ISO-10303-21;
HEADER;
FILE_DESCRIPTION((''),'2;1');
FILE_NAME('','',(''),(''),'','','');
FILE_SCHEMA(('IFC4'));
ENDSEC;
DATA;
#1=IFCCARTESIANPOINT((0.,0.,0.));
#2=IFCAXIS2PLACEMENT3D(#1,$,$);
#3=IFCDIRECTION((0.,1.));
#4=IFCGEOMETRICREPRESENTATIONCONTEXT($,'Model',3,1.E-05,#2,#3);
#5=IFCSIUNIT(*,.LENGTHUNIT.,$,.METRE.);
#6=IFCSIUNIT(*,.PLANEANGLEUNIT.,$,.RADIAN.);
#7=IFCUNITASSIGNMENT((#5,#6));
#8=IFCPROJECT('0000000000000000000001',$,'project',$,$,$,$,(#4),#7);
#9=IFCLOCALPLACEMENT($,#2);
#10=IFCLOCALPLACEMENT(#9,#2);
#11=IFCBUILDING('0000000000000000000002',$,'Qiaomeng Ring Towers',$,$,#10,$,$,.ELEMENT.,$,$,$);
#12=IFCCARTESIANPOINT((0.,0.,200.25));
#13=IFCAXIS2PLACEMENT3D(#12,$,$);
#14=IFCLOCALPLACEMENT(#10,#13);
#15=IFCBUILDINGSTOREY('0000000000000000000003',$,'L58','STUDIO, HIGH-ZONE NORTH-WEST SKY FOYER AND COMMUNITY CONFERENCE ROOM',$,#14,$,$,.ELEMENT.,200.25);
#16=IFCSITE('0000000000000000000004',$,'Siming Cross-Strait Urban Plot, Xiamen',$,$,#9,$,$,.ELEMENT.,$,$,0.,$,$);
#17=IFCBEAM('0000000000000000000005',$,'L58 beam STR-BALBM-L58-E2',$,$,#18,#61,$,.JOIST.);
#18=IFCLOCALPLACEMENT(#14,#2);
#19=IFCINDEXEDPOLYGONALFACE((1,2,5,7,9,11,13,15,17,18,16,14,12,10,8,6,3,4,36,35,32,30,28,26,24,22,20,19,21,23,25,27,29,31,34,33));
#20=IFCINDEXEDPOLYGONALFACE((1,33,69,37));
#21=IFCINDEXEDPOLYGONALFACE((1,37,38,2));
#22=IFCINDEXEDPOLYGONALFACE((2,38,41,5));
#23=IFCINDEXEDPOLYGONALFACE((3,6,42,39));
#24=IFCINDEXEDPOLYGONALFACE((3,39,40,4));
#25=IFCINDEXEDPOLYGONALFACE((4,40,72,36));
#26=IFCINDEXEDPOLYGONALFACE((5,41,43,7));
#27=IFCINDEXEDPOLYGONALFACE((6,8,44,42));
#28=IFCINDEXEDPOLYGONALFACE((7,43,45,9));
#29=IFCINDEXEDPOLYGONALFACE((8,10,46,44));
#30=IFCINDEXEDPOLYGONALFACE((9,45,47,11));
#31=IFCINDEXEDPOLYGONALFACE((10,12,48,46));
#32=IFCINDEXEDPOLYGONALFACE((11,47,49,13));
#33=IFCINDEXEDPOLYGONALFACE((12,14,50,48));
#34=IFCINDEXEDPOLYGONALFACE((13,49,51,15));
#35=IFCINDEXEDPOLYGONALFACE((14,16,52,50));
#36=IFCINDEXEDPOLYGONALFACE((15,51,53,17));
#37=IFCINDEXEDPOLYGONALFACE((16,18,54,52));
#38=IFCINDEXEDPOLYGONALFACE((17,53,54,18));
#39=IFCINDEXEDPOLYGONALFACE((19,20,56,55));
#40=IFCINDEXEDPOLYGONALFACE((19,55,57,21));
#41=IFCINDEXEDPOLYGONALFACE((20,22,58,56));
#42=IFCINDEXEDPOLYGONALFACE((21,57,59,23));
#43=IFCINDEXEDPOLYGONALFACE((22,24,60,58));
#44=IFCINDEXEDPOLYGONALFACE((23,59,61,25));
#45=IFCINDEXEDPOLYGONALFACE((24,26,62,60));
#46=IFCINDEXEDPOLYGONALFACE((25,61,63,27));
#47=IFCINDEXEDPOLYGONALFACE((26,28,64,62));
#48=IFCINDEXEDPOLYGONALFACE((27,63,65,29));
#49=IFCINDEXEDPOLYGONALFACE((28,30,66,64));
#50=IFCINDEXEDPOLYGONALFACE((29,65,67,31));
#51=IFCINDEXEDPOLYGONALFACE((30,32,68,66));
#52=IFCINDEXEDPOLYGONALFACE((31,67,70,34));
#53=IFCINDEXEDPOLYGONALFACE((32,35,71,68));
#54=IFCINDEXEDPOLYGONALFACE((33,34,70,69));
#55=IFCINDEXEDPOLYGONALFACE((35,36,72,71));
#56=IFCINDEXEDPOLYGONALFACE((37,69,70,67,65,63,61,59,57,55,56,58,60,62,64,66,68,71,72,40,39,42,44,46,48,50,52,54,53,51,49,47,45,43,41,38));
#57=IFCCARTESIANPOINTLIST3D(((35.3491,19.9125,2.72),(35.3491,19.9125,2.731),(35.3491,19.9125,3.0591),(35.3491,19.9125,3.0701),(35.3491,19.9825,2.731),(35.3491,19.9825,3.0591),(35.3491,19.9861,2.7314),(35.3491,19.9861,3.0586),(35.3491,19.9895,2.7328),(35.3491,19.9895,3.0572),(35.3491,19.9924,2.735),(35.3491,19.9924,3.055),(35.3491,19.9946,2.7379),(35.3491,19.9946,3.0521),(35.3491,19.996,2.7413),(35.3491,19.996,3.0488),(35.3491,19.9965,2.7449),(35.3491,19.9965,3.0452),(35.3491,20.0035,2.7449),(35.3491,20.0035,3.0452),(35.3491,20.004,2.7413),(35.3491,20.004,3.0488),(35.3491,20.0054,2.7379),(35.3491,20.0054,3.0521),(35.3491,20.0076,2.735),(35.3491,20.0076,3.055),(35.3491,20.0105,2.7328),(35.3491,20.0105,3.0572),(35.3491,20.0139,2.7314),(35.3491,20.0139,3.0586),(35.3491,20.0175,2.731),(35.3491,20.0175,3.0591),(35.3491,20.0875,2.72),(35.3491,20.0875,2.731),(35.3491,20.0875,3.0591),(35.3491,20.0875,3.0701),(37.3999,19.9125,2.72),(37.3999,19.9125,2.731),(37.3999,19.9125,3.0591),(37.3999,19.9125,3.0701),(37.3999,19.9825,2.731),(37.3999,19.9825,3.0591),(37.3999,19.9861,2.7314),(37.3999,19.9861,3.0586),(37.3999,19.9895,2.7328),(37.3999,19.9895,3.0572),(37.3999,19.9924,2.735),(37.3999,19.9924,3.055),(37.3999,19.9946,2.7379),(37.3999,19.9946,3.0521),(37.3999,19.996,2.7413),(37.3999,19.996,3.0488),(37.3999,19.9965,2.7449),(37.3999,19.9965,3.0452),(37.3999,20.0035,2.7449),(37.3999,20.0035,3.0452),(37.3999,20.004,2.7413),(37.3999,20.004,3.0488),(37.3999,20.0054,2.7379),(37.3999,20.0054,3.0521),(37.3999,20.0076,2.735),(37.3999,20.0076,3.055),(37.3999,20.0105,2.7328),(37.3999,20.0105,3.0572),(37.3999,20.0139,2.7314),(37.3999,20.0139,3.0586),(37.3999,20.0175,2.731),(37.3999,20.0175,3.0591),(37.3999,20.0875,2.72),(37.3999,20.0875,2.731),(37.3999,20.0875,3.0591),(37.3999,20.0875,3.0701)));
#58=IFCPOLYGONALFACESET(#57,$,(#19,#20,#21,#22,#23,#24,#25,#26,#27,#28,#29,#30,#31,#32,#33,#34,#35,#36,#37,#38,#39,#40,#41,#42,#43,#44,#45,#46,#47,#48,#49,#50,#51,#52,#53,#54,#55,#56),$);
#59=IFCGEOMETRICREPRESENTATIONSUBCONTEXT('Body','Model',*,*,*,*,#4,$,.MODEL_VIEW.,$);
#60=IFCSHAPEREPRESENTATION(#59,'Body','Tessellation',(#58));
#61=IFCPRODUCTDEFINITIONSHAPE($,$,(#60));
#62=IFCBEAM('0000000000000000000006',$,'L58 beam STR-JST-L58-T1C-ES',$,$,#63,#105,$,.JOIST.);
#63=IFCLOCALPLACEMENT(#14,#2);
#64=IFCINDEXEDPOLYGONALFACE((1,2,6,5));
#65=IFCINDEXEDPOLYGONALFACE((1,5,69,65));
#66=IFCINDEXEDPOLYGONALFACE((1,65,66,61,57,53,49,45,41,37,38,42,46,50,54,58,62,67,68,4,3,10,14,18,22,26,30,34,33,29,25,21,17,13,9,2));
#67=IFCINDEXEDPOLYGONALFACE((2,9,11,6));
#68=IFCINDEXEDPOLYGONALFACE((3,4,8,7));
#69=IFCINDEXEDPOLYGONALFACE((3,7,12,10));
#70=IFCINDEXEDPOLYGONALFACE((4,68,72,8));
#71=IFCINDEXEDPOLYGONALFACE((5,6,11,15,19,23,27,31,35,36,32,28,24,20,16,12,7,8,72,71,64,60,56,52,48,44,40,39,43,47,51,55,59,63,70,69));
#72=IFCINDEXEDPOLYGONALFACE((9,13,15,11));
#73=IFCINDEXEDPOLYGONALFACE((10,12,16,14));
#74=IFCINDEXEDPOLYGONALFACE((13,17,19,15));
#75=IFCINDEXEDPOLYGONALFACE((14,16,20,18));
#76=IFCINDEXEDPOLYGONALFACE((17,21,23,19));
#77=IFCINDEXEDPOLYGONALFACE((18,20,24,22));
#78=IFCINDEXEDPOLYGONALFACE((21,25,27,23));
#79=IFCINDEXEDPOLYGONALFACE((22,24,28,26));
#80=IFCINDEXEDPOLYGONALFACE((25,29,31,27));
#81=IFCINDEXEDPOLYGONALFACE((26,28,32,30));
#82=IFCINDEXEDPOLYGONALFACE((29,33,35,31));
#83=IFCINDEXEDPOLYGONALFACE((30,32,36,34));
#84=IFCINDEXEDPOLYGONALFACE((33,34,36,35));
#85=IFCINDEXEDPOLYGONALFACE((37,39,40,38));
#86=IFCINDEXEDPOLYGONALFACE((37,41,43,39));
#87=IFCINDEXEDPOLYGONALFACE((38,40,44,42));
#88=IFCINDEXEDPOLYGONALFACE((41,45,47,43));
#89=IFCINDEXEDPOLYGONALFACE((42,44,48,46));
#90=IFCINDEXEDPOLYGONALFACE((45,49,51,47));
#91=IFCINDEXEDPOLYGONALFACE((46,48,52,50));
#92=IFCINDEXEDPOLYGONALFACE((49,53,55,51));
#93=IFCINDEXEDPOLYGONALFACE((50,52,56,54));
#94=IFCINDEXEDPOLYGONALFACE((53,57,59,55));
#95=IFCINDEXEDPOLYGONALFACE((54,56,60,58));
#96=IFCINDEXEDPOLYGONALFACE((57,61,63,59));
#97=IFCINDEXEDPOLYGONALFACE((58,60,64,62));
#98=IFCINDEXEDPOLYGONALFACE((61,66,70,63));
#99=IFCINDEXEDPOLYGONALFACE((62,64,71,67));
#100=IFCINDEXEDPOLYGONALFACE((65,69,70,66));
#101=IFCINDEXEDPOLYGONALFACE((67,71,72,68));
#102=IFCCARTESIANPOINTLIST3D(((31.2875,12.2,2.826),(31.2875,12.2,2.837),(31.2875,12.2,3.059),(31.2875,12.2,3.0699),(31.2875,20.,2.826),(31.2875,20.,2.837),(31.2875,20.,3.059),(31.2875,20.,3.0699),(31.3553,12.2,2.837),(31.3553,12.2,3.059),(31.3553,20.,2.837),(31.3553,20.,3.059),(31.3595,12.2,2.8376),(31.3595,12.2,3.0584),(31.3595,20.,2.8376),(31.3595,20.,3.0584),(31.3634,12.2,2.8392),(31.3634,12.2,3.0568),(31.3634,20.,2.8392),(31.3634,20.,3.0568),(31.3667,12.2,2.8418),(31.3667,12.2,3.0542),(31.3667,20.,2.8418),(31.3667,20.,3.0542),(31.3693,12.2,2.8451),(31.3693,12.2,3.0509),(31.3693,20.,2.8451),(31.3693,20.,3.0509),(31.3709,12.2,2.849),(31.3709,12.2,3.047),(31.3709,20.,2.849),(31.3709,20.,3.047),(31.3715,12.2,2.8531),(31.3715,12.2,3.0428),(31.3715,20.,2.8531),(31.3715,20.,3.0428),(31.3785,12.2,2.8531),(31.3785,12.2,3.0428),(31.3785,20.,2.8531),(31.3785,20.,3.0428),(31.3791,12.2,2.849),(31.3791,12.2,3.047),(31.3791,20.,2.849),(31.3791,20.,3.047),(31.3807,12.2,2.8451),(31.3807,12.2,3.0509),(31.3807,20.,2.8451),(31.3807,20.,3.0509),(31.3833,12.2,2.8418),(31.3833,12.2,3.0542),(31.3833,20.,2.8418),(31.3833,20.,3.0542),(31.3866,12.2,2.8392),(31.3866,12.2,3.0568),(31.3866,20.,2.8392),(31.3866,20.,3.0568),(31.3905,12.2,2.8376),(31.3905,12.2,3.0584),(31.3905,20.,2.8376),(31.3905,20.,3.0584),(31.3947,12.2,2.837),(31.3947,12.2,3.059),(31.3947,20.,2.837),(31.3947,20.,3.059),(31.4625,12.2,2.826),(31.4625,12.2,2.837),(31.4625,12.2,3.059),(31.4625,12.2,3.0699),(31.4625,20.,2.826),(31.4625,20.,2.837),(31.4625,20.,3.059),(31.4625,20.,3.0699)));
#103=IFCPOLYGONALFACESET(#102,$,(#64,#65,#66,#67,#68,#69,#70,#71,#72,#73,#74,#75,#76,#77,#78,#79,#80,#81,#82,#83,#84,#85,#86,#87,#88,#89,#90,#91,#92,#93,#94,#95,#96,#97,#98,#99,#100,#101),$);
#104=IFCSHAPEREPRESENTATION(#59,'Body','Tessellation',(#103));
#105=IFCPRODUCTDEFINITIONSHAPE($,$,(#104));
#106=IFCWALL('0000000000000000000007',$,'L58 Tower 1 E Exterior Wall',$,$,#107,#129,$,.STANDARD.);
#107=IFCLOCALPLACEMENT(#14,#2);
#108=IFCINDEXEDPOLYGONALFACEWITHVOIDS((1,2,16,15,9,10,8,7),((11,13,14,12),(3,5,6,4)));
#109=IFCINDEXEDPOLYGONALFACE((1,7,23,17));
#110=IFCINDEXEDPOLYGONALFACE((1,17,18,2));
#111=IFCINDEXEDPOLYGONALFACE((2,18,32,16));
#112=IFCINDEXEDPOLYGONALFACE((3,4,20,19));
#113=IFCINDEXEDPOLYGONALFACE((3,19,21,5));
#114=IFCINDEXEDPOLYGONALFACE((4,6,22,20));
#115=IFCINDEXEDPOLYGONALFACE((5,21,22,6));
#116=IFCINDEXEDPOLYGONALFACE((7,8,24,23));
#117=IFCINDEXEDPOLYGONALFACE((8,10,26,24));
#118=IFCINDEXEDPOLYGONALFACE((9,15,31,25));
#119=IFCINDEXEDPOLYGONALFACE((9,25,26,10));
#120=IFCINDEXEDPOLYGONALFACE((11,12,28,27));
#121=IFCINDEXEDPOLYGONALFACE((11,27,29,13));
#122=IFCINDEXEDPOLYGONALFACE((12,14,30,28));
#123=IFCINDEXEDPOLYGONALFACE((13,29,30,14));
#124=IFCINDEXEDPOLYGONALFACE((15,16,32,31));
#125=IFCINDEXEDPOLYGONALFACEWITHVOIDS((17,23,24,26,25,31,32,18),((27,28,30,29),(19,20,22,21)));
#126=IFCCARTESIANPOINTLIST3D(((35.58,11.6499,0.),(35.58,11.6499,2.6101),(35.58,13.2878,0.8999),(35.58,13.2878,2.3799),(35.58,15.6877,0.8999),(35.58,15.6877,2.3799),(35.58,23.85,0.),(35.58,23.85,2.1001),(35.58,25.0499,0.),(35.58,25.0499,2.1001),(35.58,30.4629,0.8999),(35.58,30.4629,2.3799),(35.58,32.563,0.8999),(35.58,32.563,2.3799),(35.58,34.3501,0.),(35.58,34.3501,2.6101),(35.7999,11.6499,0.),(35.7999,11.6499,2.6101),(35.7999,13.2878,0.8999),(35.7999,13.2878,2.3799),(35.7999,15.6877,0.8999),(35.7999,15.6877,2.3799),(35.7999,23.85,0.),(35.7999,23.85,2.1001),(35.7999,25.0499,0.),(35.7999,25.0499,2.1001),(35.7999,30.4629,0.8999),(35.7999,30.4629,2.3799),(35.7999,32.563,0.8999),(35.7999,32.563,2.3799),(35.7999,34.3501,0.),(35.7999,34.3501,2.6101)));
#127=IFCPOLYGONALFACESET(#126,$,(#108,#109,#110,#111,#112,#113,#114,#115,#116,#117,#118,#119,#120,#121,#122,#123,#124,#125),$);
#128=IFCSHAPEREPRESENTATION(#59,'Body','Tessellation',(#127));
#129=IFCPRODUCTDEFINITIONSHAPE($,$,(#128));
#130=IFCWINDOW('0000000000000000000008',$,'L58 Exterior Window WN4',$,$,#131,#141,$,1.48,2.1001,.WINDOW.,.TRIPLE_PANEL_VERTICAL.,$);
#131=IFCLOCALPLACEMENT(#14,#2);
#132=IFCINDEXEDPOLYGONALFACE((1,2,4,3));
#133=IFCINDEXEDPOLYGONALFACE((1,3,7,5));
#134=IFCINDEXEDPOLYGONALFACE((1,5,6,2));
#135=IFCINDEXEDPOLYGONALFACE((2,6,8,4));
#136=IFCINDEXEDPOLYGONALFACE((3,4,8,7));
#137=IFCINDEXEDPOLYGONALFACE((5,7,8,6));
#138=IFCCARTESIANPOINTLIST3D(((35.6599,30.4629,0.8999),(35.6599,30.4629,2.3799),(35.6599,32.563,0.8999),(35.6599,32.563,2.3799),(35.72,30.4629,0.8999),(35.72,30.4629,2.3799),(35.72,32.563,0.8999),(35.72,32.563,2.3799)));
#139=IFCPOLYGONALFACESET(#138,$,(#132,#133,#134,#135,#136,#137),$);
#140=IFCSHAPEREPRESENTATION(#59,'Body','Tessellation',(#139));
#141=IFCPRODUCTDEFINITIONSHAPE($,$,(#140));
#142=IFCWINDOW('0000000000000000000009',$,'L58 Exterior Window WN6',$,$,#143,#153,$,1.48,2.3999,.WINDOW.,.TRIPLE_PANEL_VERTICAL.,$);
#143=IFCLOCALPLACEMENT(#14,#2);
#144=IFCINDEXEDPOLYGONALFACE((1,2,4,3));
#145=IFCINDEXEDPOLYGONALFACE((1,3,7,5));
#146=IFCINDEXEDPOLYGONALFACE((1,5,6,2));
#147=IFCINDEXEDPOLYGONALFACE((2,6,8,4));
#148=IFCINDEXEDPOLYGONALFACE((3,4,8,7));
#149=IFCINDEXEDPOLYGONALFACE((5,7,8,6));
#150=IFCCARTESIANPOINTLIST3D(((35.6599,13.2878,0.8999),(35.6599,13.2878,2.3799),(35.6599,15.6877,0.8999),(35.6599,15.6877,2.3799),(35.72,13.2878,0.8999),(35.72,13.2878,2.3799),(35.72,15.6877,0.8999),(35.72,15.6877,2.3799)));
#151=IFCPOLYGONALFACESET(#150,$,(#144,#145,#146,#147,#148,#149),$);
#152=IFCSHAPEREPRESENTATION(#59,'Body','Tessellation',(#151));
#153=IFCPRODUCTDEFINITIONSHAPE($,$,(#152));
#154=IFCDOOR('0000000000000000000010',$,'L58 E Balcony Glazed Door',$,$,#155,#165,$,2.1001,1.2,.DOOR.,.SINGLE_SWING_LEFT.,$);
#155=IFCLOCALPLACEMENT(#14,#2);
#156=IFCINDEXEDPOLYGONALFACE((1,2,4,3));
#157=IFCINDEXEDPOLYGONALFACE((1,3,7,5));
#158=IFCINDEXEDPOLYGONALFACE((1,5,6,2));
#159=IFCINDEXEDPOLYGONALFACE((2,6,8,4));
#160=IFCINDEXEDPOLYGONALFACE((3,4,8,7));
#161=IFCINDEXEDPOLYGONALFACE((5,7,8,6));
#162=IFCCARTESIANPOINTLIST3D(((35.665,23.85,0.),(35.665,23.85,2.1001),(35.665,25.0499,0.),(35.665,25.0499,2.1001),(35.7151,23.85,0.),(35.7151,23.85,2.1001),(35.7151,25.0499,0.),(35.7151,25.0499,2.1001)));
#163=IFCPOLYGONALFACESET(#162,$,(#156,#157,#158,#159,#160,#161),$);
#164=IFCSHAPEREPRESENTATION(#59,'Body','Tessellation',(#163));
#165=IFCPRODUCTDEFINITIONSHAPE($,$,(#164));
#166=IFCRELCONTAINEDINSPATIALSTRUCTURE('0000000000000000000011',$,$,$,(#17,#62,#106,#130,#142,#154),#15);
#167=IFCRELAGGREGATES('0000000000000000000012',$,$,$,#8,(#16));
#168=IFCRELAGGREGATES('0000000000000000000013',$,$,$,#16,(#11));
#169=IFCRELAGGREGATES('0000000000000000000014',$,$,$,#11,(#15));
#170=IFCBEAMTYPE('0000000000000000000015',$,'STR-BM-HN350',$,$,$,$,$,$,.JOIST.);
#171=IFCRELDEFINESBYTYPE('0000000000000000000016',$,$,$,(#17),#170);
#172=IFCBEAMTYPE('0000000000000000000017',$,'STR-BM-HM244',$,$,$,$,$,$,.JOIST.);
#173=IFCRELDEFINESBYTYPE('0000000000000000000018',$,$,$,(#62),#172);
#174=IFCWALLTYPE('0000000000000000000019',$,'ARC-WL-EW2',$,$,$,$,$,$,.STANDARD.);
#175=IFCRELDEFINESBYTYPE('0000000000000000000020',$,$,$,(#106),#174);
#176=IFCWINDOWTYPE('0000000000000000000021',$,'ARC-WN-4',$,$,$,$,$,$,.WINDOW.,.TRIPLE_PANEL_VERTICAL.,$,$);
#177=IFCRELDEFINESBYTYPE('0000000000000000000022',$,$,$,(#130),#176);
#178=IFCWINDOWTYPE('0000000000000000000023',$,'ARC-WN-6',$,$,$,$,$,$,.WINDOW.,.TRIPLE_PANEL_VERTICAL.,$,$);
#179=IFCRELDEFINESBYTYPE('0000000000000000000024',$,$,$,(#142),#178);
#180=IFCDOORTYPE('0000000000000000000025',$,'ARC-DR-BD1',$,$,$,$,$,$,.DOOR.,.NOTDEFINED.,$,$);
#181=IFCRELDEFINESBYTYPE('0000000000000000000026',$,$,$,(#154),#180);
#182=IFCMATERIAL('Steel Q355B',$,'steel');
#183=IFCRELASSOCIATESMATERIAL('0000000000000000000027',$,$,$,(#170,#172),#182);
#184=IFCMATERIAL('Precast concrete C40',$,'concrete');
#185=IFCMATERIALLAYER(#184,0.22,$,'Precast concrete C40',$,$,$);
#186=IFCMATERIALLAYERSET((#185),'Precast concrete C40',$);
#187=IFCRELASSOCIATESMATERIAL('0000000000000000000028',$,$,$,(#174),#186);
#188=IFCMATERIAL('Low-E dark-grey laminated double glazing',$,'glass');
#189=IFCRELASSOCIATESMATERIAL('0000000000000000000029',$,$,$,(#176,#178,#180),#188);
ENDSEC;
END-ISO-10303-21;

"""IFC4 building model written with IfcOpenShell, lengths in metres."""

from ifc_helpers import new_model, si_unit, direction, frame, frame_2d, origin, origin_2d, place, context, subcontext, project, spatial, rectangle, i_section, extrude, source, transform, mapped, material, layer, layer_set, material_profile, profile_set, type_object, element, fill, save


model = new_model("IFC4")

# Units and contexts
model_context = context("Model", 3, precision=1e-05, world=origin(), true_north=direction((0.0, 1.0)))
body_context = subcontext(model_context, "Body", "Model", "MODEL_VIEW")
ifc_project = project(units=[si_unit("LENGTHUNIT", "METRE"), si_unit("PLANEANGLEUNIT", "RADIAN")], contexts=[model_context])

# Site, building, storey
site_placement = place(None, origin())
site = spatial("IfcSite", under=ifc_project, at=site_placement, Name="Siming Cross-Strait Urban Plot, Xiamen", CompositionType="ELEMENT", RefElevation=0.0)
building_placement = place(site_placement, origin())
building = spatial("IfcBuilding", under=site, at=building_placement, Name="Qiaomeng Ring Towers", CompositionType="ELEMENT")
storey_placement = place(building_placement, frame((0.0, 0.0, 200.25)))
storey = spatial("IfcBuildingStorey", under=building, at=storey_placement, Name="L58", Description="STUDIO, HIGH-ZONE NORTH-WEST SKY FOYER AND COMMUNITY CONFERENCE ROOM", CompositionType="ELEMENT", Elevation=200.25)

# Beams
ifc_material_1 = material(Name="Steel Q355B", Category="steel")
ifc_material_profile_1 = material_profile(ifc_material_1, i_section(OverallWidth=0.175, OverallDepth=0.3501, WebThickness=0.0071, FlangeThickness=0.011, FilletRadius=0.0139, at=origin_2d()), Name="HN 350x175x7x11")
ifc_profile_set_1 = profile_set([ifc_material_profile_1], Name="Steel Q355B")
beam_type_1 = type_object("IfcBeamType", Name="STR-BM-HN350", PredefinedType="JOIST", material=ifc_profile_set_1)
shared_shape_1 = source(origin(), body_context, "Body", "SweptSolid", [
    extrude(i_section(OverallWidth=0.175, OverallDepth=0.3501, WebThickness=0.0071, FlangeThickness=0.011, FilletRadius=0.0139, at=origin_2d()), origin(), (0.0, 0.0, 1.0), 2.0508),
])
beam_1_placement = place(storey_placement, frame((35.3491, 20.0, 2.895), z_axis=(1.0, 0.0, 0.0), x_axis=(0.0, 1.0, 0.0)))
element("IfcBeam", 1, at=beam_1_placement, inside=storey, type_object=beam_type_1, Name="L58 beam STR-BALBM-L58-E2", PredefinedType="JOIST", context=body_context, shape_type="MappedRepresentation", body=[
    mapped(shared_shape_1, transform((0.0, 0.0, 0.0), x_axis=(1.0, 0.0, 0.0), y_axis=(0.0, 1.0, 0.0), z_axis=(0.0, 0.0, 1.0), scale=1.0)),
])
ifc_material_profile_2 = material_profile(ifc_material_1, i_section(OverallWidth=0.175, OverallDepth=0.2439, WebThickness=0.0071, FlangeThickness=0.011, FilletRadius=0.0161, at=origin_2d()), Name="HM 244x175x7x11")
ifc_profile_set_2 = profile_set([ifc_material_profile_2], Name="Steel Q355B")
beam_type_2 = type_object("IfcBeamType", Name="STR-BM-HM244", PredefinedType="JOIST", material=ifc_profile_set_2)
shared_shape_2 = source(origin(), body_context, "Body", "SweptSolid", [
    extrude(i_section(OverallWidth=0.175, OverallDepth=0.2439, WebThickness=0.0071, FlangeThickness=0.011, FilletRadius=0.0161, at=origin_2d()), origin(), (0.0, 0.0, 1.0), 7.8),
])
beam_2_placement = place(storey_placement, frame((31.375, 12.2, 2.948), z_axis=(0.0, 1.0, 0.0), x_axis=(-1.0, 0.0, 0.0)))
element("IfcBeam", 2, at=beam_2_placement, inside=storey, type_object=beam_type_2, Name="L58 beam STR-JST-L58-T1C-ES", PredefinedType="JOIST", context=body_context, shape_type="MappedRepresentation", body=[
    mapped(shared_shape_2, transform((0.0, 0.0, 0.0), x_axis=(1.0, 0.0, 0.0), y_axis=(0.0, 1.0, 0.0), z_axis=(0.0, 0.0, 1.0), scale=1.0)),
])

# Wall, openings, windows, door
ifc_material_2 = material(Name="Precast concrete C40", Category="concrete")
ifc_layer_1 = layer(ifc_material_2, 0.22, Name="Precast concrete C40")
ifc_layer_set_1 = layer_set([ifc_layer_1], Name="Precast concrete C40")
wall_type_1 = type_object("IfcWallType", Name="ARC-WL-EW2", PredefinedType="STANDARD", material=ifc_layer_set_1)
wall_1_placement = place(storey_placement, frame((35.6899, 11.6499, 0.0), z_axis=(0.0, 0.0, 1.0), x_axis=(0.0, 1.0, 0.0)))
wall_1 = element("IfcWall", 3, at=wall_1_placement, inside=storey, type_object=wall_type_1, Name="L58 Tower 1 E Exterior Wall", PredefinedType="STANDARD", context=body_context, shape_type="SweptSolid", body=[
    extrude(rectangle(XDim=22.7002, YDim=0.22, at=frame_2d((11.3501, 0.0))), origin(), (0.0, 0.0, 1.0), 2.6101),
])
opening_1_placement = place(wall_1_placement, frame((12.2, 0.0, 0.0)))
opening_1 = element("IfcOpeningElement", 4, at=opening_1_placement, cuts=wall_1, PredefinedType="OPENING", context=body_context, shape_type="SweptSolid", body=[
    extrude(rectangle(XDim=1.2, YDim=2.1001, at=frame_2d((0.6001, 1.05))), frame((0.0, 0.1199, 0.0), z_axis=(0.0, -1.0, 0.0), x_axis=(1.0, 0.0, 0.0)), (0.0, 0.0, 1.0), 0.24),
])
opening_2_placement = place(wall_1_placement, frame((1.6379, 0.0, 0.8999)))
opening_2 = element("IfcOpeningElement", 5, at=opening_2_placement, cuts=wall_1, PredefinedType="OPENING", context=body_context, shape_type="SweptSolid", body=[
    extrude(rectangle(XDim=2.3999, YDim=1.48, at=frame_2d((1.2, 0.74))), frame((0.0, 0.1199, 0.0), z_axis=(0.0, -1.0, 0.0), x_axis=(1.0, 0.0, 0.0)), (0.0, 0.0, 1.0), 0.24),
])
opening_3_placement = place(wall_1_placement, frame((18.813, 0.0, 0.8999)))
opening_3 = element("IfcOpeningElement", 6, at=opening_3_placement, cuts=wall_1, PredefinedType="OPENING", context=body_context, shape_type="SweptSolid", body=[
    extrude(rectangle(XDim=2.1001, YDim=1.48, at=frame_2d((1.05, 0.74))), frame((0.0, 0.1199, 0.0), z_axis=(0.0, -1.0, 0.0), x_axis=(1.0, 0.0, 0.0)), (0.0, 0.0, 1.0), 0.24),
])
ifc_material_3 = material(Name="Low-E dark-grey laminated double glazing", Category="glass")
window_type_1 = type_object("IfcWindowType", Name="ARC-WN-4", PartitioningType="TRIPLE_PANEL_VERTICAL", PredefinedType="WINDOW", material=ifc_material_3)
shared_shape_3 = source(origin(), body_context, "Body", "SweptSolid", [
    extrude(rectangle(XDim=2.1001, YDim=1.48, at=frame_2d((1.05, 0.74))), frame((0.0, 0.03, 0.0), z_axis=(0.0, -1.0, 0.0), x_axis=(1.0, 0.0, 0.0)), (0.0, 0.0, 1.0), 0.0601),
])
window_1_placement = place(opening_3_placement, origin())
window_1 = element("IfcWindow", 7, at=window_1_placement, inside=storey, type_object=window_type_1, Name="L58 Exterior Window WN4", OverallHeight=1.48, OverallWidth=2.1001, PartitioningType="TRIPLE_PANEL_VERTICAL", PredefinedType="WINDOW", context=body_context, shape_type="MappedRepresentation", body=[
    mapped(shared_shape_3, transform((0.0, 0.0, 0.0), x_axis=(1.0, 0.0, 0.0), y_axis=(0.0, 1.0, 0.0), z_axis=(0.0, 0.0, 1.0), scale=1.0)),
])
fill(opening_3, window_1)
window_type_2 = type_object("IfcWindowType", Name="ARC-WN-6", PartitioningType="TRIPLE_PANEL_VERTICAL", PredefinedType="WINDOW", material=ifc_material_3)
shared_shape_4 = source(origin(), body_context, "Body", "SweptSolid", [
    extrude(rectangle(XDim=2.3999, YDim=1.48, at=frame_2d((1.2, 0.74))), frame((0.0, 0.03, 0.0), z_axis=(0.0, -1.0, 0.0), x_axis=(1.0, 0.0, 0.0)), (0.0, 0.0, 1.0), 0.0601),
])
window_2_placement = place(opening_2_placement, origin())
window_2 = element("IfcWindow", 8, at=window_2_placement, inside=storey, type_object=window_type_2, Name="L58 Exterior Window WN6", OverallHeight=1.48, OverallWidth=2.3999, PartitioningType="TRIPLE_PANEL_VERTICAL", PredefinedType="WINDOW", context=body_context, shape_type="MappedRepresentation", body=[
    mapped(shared_shape_4, transform((0.0, 0.0, 0.0), x_axis=(1.0, 0.0, 0.0), y_axis=(0.0, 1.0, 0.0), z_axis=(0.0, 0.0, 1.0), scale=1.0)),
])
fill(opening_2, window_2)
door_type_1 = type_object("IfcDoorType", Name="ARC-DR-BD1", OperationType="NOTDEFINED", PredefinedType="DOOR", material=ifc_material_3)
shared_shape_5 = source(origin(), body_context, "Body", "SweptSolid", [
    extrude(rectangle(XDim=1.2, YDim=2.1001, at=frame_2d((0.6001, 1.05))), frame((0.0, 0.0249, 0.0), z_axis=(0.0, -1.0, 0.0), x_axis=(1.0, 0.0, 0.0)), (0.0, 0.0, 1.0), 0.05),
])
door_1_placement = place(opening_1_placement, origin())
door_1 = element("IfcDoor", 9, at=door_1_placement, inside=storey, type_object=door_type_1, Name="L58 E Balcony Glazed Door", OperationType="SINGLE_SWING_LEFT", OverallHeight=2.1001, OverallWidth=1.2, PredefinedType="DOOR", context=body_context, shape_type="MappedRepresentation", body=[
    mapped(shared_shape_5, transform((0.0, 0.0, 0.0), x_axis=(1.0, 0.0, 0.0), y_axis=(0.0, 1.0, 0.0), z_axis=(0.0, 0.0, 1.0), scale=1.0)),
])
fill(opening_1, door_1)

save(model, "model.ifc")
